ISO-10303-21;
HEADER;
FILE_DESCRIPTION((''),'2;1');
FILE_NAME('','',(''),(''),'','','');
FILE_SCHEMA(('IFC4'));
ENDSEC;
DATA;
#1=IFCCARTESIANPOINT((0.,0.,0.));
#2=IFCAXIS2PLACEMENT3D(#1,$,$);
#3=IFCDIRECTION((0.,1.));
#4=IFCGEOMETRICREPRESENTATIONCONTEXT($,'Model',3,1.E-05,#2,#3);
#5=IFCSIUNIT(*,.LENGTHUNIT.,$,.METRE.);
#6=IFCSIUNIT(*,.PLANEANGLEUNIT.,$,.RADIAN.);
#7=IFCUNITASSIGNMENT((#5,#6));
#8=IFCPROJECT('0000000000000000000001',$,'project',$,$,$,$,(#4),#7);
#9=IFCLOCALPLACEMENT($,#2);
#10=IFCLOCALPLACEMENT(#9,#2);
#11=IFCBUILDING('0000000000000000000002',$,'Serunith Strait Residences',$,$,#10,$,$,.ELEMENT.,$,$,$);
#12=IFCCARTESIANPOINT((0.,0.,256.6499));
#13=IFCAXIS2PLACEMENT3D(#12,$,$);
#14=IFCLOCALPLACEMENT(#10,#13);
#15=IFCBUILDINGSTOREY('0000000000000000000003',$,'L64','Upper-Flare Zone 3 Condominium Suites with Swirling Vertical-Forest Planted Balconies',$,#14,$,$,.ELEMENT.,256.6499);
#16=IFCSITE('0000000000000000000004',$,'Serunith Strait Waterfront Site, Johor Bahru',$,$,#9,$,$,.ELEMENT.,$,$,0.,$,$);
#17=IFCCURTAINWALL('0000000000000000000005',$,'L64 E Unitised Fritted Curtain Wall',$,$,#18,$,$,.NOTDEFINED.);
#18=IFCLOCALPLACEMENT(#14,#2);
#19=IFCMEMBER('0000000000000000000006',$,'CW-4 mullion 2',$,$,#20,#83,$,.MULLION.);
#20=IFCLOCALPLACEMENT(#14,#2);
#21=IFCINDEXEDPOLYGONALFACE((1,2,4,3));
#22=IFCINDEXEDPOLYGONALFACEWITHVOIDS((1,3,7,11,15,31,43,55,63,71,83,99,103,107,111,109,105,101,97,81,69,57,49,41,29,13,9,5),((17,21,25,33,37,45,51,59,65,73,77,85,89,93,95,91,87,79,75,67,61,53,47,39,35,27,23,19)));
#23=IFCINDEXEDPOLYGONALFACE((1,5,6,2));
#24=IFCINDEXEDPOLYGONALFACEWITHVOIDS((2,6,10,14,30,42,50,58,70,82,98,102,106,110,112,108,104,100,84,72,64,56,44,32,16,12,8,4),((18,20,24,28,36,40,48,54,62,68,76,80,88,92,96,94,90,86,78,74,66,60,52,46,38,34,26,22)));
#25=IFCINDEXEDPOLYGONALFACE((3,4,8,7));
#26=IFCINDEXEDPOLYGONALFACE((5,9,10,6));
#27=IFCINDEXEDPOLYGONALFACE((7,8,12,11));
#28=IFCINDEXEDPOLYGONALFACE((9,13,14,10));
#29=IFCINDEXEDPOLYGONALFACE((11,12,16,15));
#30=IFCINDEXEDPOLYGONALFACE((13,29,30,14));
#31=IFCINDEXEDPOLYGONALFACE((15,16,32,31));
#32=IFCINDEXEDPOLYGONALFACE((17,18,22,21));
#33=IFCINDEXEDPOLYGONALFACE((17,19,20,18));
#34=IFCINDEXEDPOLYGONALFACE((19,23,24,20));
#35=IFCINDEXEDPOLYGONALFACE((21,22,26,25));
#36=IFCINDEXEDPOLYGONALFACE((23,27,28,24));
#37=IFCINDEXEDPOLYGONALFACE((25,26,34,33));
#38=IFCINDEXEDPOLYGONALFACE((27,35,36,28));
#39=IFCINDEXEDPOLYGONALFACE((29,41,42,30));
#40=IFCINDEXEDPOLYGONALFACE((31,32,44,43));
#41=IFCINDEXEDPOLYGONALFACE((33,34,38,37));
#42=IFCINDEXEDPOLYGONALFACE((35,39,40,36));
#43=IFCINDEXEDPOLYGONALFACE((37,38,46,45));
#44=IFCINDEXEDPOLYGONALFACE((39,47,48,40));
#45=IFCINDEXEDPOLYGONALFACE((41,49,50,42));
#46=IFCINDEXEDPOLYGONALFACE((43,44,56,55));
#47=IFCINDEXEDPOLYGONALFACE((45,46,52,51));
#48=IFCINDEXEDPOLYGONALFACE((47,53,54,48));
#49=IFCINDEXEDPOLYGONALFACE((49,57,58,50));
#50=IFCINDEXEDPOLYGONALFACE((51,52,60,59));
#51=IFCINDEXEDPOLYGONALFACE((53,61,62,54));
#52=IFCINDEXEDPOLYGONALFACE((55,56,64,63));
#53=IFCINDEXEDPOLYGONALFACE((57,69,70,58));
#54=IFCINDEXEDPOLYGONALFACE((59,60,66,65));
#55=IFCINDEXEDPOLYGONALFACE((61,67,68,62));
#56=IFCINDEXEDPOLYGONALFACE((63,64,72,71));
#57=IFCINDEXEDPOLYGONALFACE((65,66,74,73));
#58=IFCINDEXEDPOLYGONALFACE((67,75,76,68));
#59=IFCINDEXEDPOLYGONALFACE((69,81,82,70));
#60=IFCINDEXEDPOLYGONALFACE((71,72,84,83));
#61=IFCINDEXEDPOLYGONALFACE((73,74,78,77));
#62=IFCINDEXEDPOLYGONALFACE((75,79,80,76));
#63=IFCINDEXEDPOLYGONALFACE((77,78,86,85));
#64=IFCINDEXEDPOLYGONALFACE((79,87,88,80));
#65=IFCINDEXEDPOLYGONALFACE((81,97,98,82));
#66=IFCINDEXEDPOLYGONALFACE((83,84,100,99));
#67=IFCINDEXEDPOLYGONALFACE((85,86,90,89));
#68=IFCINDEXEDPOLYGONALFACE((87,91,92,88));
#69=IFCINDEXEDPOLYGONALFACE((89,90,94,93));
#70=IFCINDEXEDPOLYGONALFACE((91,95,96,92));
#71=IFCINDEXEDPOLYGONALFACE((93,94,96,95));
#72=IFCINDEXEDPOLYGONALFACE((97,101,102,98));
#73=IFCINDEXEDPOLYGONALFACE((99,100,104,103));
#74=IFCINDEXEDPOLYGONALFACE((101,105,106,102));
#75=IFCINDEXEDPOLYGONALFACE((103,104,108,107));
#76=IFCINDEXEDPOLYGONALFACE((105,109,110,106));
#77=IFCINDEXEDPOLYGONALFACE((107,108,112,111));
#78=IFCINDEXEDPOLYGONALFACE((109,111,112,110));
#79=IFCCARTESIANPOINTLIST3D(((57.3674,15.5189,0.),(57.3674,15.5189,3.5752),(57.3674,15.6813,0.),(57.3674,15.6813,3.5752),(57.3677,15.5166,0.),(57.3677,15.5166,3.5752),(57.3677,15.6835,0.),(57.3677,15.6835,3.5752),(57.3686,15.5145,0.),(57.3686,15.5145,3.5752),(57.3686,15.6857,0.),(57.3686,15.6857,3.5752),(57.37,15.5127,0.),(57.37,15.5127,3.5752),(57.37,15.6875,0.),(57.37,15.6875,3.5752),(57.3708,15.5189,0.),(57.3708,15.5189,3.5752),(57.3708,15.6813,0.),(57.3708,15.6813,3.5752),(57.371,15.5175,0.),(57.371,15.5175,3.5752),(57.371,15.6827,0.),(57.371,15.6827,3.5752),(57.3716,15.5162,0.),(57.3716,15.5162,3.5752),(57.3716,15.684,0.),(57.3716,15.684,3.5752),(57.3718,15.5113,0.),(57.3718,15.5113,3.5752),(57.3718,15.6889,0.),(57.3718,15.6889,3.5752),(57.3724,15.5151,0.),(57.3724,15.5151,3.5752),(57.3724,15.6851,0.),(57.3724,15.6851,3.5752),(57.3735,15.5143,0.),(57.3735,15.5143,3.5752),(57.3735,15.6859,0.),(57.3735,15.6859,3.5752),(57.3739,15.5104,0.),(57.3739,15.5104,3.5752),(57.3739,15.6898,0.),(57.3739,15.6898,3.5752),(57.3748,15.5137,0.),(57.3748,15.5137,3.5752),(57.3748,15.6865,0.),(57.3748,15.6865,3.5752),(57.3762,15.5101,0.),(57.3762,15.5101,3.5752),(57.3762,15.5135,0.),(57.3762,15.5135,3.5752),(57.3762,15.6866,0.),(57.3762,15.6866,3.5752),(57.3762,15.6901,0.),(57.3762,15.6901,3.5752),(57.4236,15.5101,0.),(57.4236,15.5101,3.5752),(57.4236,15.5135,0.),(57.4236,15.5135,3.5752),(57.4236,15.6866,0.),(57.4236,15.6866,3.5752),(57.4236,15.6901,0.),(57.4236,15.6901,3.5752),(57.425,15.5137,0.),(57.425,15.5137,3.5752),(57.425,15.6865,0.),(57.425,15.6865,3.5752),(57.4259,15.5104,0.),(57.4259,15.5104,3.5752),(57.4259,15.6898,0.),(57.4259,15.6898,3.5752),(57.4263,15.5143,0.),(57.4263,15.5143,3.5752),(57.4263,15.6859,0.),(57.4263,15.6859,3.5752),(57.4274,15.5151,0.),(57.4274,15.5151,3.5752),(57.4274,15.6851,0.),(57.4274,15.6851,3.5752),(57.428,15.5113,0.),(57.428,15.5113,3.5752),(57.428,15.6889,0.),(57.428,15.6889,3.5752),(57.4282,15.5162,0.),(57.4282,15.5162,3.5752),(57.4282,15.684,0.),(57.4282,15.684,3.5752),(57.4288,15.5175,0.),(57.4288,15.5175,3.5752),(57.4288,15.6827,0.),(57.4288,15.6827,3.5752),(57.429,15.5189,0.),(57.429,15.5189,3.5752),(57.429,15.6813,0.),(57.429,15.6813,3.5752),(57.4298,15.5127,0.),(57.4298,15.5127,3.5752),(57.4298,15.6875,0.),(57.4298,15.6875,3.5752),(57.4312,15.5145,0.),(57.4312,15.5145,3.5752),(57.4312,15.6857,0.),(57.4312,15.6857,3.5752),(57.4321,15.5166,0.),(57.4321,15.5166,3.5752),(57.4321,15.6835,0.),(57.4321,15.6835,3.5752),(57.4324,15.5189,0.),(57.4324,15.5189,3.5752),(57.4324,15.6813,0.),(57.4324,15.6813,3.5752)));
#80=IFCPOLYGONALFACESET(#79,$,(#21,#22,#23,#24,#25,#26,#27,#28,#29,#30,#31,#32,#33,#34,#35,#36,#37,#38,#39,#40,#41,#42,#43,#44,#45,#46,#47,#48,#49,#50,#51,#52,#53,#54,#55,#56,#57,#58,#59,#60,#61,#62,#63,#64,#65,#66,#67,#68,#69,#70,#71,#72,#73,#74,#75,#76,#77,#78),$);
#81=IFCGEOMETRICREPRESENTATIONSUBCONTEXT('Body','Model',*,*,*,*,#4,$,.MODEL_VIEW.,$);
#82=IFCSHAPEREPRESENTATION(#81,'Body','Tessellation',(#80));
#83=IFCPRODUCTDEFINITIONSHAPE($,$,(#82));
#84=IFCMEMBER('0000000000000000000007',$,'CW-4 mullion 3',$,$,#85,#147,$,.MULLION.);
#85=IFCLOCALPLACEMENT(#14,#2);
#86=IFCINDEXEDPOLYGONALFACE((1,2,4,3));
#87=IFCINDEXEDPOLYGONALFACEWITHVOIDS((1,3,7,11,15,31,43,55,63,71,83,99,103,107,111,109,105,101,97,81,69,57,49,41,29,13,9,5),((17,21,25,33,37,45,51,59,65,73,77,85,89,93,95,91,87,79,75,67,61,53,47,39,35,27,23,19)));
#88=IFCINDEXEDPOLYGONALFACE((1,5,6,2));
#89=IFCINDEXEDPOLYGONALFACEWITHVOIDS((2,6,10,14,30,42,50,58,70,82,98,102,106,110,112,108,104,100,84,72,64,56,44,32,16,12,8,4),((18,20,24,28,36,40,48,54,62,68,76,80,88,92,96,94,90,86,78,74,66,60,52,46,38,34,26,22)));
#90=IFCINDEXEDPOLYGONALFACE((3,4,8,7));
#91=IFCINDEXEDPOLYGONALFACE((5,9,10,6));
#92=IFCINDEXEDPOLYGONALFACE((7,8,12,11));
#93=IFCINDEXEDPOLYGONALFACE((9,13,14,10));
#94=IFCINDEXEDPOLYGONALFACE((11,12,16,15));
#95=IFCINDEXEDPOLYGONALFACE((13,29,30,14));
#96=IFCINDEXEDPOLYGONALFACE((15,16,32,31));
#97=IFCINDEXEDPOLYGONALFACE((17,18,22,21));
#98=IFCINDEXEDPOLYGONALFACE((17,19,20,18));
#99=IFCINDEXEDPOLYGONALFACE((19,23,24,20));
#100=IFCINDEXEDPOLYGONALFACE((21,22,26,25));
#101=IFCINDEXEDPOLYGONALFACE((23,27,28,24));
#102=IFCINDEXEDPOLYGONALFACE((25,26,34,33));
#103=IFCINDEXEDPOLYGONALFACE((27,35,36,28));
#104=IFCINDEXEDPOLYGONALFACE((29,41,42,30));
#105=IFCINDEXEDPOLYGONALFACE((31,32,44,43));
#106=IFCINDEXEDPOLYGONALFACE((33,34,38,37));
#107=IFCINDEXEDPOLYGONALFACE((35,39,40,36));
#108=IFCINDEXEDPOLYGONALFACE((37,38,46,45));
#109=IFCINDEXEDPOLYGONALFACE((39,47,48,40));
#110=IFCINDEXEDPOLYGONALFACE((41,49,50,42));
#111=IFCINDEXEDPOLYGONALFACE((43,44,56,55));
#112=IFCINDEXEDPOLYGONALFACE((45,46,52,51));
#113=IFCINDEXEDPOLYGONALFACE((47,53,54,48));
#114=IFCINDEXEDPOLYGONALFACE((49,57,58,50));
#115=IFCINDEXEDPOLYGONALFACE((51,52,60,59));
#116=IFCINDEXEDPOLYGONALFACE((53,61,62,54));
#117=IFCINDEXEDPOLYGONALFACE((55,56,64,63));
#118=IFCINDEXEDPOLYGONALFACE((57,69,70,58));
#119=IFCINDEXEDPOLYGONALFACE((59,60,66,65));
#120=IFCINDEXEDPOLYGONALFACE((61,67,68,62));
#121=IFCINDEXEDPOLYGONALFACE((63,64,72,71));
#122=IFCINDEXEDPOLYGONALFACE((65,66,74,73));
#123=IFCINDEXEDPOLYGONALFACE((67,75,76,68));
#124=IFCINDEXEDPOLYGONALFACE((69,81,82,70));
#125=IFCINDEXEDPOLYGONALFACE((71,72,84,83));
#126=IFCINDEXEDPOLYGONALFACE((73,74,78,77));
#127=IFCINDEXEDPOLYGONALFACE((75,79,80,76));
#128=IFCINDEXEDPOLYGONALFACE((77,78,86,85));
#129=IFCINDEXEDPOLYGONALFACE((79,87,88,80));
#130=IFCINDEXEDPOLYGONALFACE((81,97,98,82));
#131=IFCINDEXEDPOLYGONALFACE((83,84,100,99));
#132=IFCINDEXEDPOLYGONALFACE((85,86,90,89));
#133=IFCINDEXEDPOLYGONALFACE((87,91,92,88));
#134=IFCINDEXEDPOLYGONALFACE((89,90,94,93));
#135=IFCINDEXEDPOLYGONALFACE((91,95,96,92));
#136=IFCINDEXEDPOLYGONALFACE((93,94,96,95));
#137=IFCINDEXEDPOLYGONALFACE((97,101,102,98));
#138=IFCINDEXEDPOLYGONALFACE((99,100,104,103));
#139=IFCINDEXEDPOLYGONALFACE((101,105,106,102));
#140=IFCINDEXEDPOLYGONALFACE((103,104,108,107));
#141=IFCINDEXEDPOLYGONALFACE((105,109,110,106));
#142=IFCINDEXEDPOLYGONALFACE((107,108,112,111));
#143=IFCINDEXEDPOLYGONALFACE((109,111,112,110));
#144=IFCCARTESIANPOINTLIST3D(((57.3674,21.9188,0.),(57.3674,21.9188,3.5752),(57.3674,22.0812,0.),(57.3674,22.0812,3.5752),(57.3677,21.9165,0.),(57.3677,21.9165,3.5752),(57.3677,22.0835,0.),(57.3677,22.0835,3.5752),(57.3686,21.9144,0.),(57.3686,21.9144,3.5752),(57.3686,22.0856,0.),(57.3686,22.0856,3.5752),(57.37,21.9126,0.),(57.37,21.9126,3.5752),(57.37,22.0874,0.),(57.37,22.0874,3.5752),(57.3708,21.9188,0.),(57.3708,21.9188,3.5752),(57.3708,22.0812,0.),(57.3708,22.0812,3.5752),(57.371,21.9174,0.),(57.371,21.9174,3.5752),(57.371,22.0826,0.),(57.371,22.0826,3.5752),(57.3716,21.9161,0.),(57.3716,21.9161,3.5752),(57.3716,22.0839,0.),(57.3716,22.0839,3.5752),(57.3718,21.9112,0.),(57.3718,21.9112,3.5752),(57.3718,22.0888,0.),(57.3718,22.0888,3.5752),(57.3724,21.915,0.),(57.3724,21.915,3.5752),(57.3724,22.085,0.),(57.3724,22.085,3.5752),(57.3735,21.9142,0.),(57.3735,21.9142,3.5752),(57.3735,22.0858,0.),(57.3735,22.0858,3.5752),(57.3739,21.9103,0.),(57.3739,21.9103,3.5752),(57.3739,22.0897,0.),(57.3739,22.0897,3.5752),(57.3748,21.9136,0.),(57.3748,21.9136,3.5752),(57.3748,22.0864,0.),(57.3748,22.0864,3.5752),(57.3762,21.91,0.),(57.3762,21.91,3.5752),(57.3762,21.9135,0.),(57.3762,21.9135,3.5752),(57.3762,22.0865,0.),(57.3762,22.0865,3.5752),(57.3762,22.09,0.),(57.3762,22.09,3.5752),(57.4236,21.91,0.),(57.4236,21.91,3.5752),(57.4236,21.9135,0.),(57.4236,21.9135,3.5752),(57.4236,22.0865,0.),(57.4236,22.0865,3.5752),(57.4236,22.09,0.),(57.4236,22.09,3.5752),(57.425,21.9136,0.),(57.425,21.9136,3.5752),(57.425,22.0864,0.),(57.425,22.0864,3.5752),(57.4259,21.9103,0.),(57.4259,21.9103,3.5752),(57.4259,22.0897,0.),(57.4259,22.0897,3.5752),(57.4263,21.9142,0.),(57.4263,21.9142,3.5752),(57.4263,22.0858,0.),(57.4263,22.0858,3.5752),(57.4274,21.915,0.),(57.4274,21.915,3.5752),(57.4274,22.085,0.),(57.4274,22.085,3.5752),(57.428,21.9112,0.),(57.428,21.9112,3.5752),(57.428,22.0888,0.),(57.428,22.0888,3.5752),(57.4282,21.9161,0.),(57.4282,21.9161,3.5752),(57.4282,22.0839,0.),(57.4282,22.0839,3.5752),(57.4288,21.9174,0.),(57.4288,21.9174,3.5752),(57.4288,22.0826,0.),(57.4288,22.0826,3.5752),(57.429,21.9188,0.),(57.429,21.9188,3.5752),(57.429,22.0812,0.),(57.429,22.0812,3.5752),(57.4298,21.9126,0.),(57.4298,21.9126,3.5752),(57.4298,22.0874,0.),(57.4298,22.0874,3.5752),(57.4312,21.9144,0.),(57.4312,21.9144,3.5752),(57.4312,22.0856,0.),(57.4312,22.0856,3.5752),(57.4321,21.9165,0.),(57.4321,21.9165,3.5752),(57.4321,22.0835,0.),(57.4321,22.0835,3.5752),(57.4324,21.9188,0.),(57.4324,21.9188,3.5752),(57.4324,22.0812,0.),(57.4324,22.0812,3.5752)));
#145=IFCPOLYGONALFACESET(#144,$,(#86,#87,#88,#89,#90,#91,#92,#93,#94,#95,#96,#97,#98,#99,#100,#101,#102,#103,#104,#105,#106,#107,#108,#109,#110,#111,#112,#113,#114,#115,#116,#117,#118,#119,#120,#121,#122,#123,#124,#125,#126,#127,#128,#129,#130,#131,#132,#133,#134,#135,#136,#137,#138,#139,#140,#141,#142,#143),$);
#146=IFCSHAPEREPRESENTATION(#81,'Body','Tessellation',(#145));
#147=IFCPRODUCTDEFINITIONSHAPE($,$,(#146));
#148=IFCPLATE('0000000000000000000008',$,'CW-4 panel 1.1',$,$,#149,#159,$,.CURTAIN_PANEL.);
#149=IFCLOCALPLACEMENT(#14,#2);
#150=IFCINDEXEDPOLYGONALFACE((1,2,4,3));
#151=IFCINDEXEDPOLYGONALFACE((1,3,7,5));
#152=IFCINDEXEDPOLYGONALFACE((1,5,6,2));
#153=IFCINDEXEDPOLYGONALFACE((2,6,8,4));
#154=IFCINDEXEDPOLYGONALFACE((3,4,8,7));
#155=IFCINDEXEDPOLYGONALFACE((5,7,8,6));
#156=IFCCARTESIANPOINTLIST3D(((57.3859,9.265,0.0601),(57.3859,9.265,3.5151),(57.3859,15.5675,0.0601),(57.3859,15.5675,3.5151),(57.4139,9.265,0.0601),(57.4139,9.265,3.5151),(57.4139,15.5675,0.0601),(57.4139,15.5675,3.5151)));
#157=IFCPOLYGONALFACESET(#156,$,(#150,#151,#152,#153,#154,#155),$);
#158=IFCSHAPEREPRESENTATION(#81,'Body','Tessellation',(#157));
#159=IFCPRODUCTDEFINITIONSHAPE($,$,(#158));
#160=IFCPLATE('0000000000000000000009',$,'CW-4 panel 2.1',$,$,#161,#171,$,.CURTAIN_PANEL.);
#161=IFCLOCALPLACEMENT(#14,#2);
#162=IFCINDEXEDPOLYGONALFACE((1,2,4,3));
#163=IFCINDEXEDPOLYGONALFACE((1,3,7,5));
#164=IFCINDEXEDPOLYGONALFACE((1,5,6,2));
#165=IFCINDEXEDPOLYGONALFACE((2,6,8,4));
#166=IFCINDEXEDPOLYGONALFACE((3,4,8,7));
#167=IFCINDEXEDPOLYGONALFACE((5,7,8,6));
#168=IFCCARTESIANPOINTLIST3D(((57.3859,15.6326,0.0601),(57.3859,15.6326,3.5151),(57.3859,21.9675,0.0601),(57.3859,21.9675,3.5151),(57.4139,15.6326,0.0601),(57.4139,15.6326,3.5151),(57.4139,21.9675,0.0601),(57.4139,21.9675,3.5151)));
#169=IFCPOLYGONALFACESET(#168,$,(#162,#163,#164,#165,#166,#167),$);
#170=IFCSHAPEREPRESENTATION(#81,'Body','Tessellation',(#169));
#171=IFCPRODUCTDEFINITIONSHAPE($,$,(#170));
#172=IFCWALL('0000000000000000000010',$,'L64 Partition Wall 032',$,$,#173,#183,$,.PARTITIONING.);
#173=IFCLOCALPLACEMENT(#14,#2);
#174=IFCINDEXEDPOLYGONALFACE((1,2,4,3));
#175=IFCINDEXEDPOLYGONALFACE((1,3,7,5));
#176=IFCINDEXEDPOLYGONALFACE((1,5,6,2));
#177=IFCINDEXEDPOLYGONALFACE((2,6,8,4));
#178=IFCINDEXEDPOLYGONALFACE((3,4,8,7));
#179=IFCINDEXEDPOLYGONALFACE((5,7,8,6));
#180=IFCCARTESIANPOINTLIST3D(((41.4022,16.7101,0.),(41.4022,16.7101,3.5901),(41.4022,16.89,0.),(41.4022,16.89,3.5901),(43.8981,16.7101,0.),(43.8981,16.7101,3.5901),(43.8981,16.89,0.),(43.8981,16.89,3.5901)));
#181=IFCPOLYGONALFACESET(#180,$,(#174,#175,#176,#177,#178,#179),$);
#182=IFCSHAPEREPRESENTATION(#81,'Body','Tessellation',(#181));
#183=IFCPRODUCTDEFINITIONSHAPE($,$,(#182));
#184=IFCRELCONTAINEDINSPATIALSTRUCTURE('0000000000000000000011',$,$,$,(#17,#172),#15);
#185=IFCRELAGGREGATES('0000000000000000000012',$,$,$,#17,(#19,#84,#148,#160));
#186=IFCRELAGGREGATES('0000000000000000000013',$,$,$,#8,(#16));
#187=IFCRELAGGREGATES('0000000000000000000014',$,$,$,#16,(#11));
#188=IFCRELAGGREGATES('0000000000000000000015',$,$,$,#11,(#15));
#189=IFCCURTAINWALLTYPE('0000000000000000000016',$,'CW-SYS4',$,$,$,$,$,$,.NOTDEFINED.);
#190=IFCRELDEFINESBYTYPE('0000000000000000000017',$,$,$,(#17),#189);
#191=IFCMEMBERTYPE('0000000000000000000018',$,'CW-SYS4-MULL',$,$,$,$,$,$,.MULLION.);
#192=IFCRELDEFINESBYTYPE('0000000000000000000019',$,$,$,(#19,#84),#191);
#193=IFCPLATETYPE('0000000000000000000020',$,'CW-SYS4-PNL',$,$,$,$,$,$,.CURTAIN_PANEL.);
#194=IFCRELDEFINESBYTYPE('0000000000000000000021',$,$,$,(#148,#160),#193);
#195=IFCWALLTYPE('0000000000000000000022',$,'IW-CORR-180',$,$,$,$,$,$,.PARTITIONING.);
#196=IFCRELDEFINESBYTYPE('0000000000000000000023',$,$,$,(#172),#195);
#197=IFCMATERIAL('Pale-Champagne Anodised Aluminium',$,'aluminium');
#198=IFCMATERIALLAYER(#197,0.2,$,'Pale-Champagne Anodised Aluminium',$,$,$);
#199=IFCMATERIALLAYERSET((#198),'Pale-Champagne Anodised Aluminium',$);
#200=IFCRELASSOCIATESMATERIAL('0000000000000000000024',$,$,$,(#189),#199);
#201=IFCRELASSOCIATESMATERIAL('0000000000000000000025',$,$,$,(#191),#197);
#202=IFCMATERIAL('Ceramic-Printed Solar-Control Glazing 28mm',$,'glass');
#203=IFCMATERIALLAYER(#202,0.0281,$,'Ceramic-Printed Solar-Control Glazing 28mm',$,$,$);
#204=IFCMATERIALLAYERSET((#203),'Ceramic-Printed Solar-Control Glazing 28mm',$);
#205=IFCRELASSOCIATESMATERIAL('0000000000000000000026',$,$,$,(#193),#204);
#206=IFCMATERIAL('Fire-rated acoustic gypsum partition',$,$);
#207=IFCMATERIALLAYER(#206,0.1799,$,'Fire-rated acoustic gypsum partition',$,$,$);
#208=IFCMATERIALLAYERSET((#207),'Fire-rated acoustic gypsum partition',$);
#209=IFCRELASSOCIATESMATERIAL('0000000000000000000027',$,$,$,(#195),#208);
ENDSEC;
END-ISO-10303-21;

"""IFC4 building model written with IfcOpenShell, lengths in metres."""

from ifc_helpers import new_model, si_unit, direction, frame, frame_2d, origin, origin_2d, place, context, subcontext, project, spatial, rectangle, hollow_rectangle, extrude, source, transform, mapped, material, layer, layer_set, material_profile, profile_set, type_object, element, aggregate, save


model = new_model("IFC4")

# Units and contexts
model_context = context("Model", 3, precision=1e-05, world=origin(), true_north=direction((0.0, 1.0)))
body_context = subcontext(model_context, "Body", "Model", "MODEL_VIEW")
ifc_project = project(units=[si_unit("LENGTHUNIT", "METRE"), si_unit("PLANEANGLEUNIT", "RADIAN")], contexts=[model_context])

# Site, building, storey
site_placement = place(None, origin())
site = spatial("IfcSite", under=ifc_project, at=site_placement, Name="Serunith Strait Waterfront Site, Johor Bahru", CompositionType="ELEMENT", RefElevation=0.0)
building_placement = place(site_placement, origin())
building = spatial("IfcBuilding", under=site, at=building_placement, Name="Serunith Strait Residences", CompositionType="ELEMENT")
storey_placement = place(building_placement, frame((0.0, 0.0, 256.6499)))
storey = spatial("IfcBuildingStorey", under=building, at=storey_placement, Name="L64", Description="Upper-Flare Zone 3 Condominium Suites with Swirling Vertical-Forest Planted Balconies", CompositionType="ELEMENT", Elevation=256.6499)

# Curtain wall, members, plates
ifc_material_1 = material(Name="Pale-Champagne Anodised Aluminium", Category="aluminium")
ifc_layer_1 = layer(ifc_material_1, 0.2, Name="Pale-Champagne Anodised Aluminium")
ifc_layer_set_1 = layer_set([ifc_layer_1], Name="Pale-Champagne Anodised Aluminium")
curtain_wall_type = type_object("IfcCurtainWallType", Name="CW-SYS4", PredefinedType="NOTDEFINED", material=ifc_layer_set_1)
curtain_wall_placement = place(storey_placement, origin())
curtain_wall = element("IfcCurtainWall", 1, at=curtain_wall_placement, inside=storey, type_object=curtain_wall_type, Name="L64 E Unitised Fritted Curtain Wall", PredefinedType="NOTDEFINED")
ifc_material_profile_1 = material_profile(ifc_material_1, hollow_rectangle(XDim=0.0649, YDim=0.1799, WallThickness=0.0034, InnerFilletRadius=0.0054, OuterFilletRadius=0.0088, at=origin_2d()), Name="ALU 180x65x3.5")
ifc_profile_set_1 = profile_set([ifc_material_profile_1], Name="Pale-Champagne Anodised Aluminium")
member_type_1 = type_object("IfcMemberType", Name="CW-SYS4-MULL", PredefinedType="MULLION", material=ifc_profile_set_1)
shared_shape_1 = source(origin(), body_context, "Body", "SweptSolid", [
    extrude(hollow_rectangle(XDim=0.0649, YDim=0.1799, WallThickness=0.0034, InnerFilletRadius=0.0054, OuterFilletRadius=0.0088, at=origin_2d()), origin(), (0.0, 0.0, 1.0), 3.5752),
])
member_1_placement = place(storey_placement, frame((57.3999, 15.6001, 0.0), z_axis=(0.0, 0.0, 1.0), x_axis=(-1.0, 0.0, 0.0)))
member_1 = element("IfcMember", 2, at=member_1_placement, type_object=member_type_1, Name="CW-4 mullion 2", PredefinedType="MULLION", context=body_context, shape_type="MappedRepresentation", body=[
    mapped(shared_shape_1, transform((0.0, 0.0, 0.0), scale=1.0)),
])
member_2_placement = place(storey_placement, frame((57.3999, 22.0, 0.0), z_axis=(0.0, 0.0, 1.0), x_axis=(-1.0, 0.0, 0.0)))
member_2 = element("IfcMember", 3, at=member_2_placement, type_object=member_type_1, Name="CW-4 mullion 3", PredefinedType="MULLION", context=body_context, shape_type="MappedRepresentation", body=[
    mapped(shared_shape_1, transform((0.0, 0.0, 0.0), scale=1.0)),
])
ifc_material_2 = material(Name="Ceramic-Printed Solar-Control Glazing 28mm", Category="glass")
ifc_layer_2 = layer(ifc_material_2, 0.0281, Name="Ceramic-Printed Solar-Control Glazing 28mm")
ifc_layer_set_2 = layer_set([ifc_layer_2], Name="Ceramic-Printed Solar-Control Glazing 28mm")
plate_type = type_object("IfcPlateType", Name="CW-SYS4-PNL", PredefinedType="CURTAIN_PANEL", material=ifc_layer_set_2)
shared_shape_2 = source(origin(), body_context, "Body", "SweptSolid", [
    extrude(rectangle(XDim=6.3025, YDim=0.0281, at=origin_2d()), origin(), (0.0, 0.0, 1.0), 3.4551),
])
plate_1_placement = place(storey_placement, frame((57.3999, 12.4163, 0.0601), z_axis=(0.0, 0.0, 1.0), x_axis=(0.0, 1.0, 0.0)))
plate_1 = element("IfcPlate", 4, at=plate_1_placement, type_object=plate_type, Name="CW-4 panel 1.1", PredefinedType="CURTAIN_PANEL", context=body_context, shape_type="MappedRepresentation", body=[
    mapped(shared_shape_2, transform((0.0, 0.0, 0.0), scale=1.0)),
])
shared_shape_3 = source(origin(), body_context, "Body", "SweptSolid", [
    extrude(rectangle(XDim=6.335, YDim=0.0281, at=origin_2d()), origin(), (0.0, 0.0, 1.0), 3.4551),
])
plate_2_placement = place(storey_placement, frame((57.3999, 18.8, 0.0601), z_axis=(0.0, 0.0, 1.0), x_axis=(0.0, 1.0, 0.0)))
plate_2 = element("IfcPlate", 5, at=plate_2_placement, type_object=plate_type, Name="CW-4 panel 2.1", PredefinedType="CURTAIN_PANEL", context=body_context, shape_type="MappedRepresentation", body=[
    mapped(shared_shape_3, transform((0.0, 0.0, 0.0), scale=1.0)),
])
aggregate(curtain_wall, [member_1, member_2, plate_1, plate_2])

# Wall
ifc_material_3 = material(Name="Fire-rated acoustic gypsum partition")
ifc_layer_3 = layer(ifc_material_3, 0.1799, Name="Fire-rated acoustic gypsum partition")
ifc_layer_set_3 = layer_set([ifc_layer_3], Name="Fire-rated acoustic gypsum partition")
wall_type_1 = type_object("IfcWallType", Name="IW-CORR-180", PredefinedType="PARTITIONING", material=ifc_layer_set_3)
wall_1_placement = place(storey_placement, frame((41.4021, 16.8, 0.0), z_axis=(0.0, 0.0, 1.0), x_axis=(1.0, 0.0, 0.0)))
element("IfcWall", 6, at=wall_1_placement, inside=storey, type_object=wall_type_1, Name="L64 Partition Wall 032", PredefinedType="PARTITIONING", context=body_context, shape_type="SweptSolid", body=[
    extrude(rectangle(XDim=2.4958, YDim=0.1799, at=frame_2d((1.248, 0.0))), origin(), (0.0, 0.0, 1.0), 3.5901),
])

save(model, "model.ifc")
